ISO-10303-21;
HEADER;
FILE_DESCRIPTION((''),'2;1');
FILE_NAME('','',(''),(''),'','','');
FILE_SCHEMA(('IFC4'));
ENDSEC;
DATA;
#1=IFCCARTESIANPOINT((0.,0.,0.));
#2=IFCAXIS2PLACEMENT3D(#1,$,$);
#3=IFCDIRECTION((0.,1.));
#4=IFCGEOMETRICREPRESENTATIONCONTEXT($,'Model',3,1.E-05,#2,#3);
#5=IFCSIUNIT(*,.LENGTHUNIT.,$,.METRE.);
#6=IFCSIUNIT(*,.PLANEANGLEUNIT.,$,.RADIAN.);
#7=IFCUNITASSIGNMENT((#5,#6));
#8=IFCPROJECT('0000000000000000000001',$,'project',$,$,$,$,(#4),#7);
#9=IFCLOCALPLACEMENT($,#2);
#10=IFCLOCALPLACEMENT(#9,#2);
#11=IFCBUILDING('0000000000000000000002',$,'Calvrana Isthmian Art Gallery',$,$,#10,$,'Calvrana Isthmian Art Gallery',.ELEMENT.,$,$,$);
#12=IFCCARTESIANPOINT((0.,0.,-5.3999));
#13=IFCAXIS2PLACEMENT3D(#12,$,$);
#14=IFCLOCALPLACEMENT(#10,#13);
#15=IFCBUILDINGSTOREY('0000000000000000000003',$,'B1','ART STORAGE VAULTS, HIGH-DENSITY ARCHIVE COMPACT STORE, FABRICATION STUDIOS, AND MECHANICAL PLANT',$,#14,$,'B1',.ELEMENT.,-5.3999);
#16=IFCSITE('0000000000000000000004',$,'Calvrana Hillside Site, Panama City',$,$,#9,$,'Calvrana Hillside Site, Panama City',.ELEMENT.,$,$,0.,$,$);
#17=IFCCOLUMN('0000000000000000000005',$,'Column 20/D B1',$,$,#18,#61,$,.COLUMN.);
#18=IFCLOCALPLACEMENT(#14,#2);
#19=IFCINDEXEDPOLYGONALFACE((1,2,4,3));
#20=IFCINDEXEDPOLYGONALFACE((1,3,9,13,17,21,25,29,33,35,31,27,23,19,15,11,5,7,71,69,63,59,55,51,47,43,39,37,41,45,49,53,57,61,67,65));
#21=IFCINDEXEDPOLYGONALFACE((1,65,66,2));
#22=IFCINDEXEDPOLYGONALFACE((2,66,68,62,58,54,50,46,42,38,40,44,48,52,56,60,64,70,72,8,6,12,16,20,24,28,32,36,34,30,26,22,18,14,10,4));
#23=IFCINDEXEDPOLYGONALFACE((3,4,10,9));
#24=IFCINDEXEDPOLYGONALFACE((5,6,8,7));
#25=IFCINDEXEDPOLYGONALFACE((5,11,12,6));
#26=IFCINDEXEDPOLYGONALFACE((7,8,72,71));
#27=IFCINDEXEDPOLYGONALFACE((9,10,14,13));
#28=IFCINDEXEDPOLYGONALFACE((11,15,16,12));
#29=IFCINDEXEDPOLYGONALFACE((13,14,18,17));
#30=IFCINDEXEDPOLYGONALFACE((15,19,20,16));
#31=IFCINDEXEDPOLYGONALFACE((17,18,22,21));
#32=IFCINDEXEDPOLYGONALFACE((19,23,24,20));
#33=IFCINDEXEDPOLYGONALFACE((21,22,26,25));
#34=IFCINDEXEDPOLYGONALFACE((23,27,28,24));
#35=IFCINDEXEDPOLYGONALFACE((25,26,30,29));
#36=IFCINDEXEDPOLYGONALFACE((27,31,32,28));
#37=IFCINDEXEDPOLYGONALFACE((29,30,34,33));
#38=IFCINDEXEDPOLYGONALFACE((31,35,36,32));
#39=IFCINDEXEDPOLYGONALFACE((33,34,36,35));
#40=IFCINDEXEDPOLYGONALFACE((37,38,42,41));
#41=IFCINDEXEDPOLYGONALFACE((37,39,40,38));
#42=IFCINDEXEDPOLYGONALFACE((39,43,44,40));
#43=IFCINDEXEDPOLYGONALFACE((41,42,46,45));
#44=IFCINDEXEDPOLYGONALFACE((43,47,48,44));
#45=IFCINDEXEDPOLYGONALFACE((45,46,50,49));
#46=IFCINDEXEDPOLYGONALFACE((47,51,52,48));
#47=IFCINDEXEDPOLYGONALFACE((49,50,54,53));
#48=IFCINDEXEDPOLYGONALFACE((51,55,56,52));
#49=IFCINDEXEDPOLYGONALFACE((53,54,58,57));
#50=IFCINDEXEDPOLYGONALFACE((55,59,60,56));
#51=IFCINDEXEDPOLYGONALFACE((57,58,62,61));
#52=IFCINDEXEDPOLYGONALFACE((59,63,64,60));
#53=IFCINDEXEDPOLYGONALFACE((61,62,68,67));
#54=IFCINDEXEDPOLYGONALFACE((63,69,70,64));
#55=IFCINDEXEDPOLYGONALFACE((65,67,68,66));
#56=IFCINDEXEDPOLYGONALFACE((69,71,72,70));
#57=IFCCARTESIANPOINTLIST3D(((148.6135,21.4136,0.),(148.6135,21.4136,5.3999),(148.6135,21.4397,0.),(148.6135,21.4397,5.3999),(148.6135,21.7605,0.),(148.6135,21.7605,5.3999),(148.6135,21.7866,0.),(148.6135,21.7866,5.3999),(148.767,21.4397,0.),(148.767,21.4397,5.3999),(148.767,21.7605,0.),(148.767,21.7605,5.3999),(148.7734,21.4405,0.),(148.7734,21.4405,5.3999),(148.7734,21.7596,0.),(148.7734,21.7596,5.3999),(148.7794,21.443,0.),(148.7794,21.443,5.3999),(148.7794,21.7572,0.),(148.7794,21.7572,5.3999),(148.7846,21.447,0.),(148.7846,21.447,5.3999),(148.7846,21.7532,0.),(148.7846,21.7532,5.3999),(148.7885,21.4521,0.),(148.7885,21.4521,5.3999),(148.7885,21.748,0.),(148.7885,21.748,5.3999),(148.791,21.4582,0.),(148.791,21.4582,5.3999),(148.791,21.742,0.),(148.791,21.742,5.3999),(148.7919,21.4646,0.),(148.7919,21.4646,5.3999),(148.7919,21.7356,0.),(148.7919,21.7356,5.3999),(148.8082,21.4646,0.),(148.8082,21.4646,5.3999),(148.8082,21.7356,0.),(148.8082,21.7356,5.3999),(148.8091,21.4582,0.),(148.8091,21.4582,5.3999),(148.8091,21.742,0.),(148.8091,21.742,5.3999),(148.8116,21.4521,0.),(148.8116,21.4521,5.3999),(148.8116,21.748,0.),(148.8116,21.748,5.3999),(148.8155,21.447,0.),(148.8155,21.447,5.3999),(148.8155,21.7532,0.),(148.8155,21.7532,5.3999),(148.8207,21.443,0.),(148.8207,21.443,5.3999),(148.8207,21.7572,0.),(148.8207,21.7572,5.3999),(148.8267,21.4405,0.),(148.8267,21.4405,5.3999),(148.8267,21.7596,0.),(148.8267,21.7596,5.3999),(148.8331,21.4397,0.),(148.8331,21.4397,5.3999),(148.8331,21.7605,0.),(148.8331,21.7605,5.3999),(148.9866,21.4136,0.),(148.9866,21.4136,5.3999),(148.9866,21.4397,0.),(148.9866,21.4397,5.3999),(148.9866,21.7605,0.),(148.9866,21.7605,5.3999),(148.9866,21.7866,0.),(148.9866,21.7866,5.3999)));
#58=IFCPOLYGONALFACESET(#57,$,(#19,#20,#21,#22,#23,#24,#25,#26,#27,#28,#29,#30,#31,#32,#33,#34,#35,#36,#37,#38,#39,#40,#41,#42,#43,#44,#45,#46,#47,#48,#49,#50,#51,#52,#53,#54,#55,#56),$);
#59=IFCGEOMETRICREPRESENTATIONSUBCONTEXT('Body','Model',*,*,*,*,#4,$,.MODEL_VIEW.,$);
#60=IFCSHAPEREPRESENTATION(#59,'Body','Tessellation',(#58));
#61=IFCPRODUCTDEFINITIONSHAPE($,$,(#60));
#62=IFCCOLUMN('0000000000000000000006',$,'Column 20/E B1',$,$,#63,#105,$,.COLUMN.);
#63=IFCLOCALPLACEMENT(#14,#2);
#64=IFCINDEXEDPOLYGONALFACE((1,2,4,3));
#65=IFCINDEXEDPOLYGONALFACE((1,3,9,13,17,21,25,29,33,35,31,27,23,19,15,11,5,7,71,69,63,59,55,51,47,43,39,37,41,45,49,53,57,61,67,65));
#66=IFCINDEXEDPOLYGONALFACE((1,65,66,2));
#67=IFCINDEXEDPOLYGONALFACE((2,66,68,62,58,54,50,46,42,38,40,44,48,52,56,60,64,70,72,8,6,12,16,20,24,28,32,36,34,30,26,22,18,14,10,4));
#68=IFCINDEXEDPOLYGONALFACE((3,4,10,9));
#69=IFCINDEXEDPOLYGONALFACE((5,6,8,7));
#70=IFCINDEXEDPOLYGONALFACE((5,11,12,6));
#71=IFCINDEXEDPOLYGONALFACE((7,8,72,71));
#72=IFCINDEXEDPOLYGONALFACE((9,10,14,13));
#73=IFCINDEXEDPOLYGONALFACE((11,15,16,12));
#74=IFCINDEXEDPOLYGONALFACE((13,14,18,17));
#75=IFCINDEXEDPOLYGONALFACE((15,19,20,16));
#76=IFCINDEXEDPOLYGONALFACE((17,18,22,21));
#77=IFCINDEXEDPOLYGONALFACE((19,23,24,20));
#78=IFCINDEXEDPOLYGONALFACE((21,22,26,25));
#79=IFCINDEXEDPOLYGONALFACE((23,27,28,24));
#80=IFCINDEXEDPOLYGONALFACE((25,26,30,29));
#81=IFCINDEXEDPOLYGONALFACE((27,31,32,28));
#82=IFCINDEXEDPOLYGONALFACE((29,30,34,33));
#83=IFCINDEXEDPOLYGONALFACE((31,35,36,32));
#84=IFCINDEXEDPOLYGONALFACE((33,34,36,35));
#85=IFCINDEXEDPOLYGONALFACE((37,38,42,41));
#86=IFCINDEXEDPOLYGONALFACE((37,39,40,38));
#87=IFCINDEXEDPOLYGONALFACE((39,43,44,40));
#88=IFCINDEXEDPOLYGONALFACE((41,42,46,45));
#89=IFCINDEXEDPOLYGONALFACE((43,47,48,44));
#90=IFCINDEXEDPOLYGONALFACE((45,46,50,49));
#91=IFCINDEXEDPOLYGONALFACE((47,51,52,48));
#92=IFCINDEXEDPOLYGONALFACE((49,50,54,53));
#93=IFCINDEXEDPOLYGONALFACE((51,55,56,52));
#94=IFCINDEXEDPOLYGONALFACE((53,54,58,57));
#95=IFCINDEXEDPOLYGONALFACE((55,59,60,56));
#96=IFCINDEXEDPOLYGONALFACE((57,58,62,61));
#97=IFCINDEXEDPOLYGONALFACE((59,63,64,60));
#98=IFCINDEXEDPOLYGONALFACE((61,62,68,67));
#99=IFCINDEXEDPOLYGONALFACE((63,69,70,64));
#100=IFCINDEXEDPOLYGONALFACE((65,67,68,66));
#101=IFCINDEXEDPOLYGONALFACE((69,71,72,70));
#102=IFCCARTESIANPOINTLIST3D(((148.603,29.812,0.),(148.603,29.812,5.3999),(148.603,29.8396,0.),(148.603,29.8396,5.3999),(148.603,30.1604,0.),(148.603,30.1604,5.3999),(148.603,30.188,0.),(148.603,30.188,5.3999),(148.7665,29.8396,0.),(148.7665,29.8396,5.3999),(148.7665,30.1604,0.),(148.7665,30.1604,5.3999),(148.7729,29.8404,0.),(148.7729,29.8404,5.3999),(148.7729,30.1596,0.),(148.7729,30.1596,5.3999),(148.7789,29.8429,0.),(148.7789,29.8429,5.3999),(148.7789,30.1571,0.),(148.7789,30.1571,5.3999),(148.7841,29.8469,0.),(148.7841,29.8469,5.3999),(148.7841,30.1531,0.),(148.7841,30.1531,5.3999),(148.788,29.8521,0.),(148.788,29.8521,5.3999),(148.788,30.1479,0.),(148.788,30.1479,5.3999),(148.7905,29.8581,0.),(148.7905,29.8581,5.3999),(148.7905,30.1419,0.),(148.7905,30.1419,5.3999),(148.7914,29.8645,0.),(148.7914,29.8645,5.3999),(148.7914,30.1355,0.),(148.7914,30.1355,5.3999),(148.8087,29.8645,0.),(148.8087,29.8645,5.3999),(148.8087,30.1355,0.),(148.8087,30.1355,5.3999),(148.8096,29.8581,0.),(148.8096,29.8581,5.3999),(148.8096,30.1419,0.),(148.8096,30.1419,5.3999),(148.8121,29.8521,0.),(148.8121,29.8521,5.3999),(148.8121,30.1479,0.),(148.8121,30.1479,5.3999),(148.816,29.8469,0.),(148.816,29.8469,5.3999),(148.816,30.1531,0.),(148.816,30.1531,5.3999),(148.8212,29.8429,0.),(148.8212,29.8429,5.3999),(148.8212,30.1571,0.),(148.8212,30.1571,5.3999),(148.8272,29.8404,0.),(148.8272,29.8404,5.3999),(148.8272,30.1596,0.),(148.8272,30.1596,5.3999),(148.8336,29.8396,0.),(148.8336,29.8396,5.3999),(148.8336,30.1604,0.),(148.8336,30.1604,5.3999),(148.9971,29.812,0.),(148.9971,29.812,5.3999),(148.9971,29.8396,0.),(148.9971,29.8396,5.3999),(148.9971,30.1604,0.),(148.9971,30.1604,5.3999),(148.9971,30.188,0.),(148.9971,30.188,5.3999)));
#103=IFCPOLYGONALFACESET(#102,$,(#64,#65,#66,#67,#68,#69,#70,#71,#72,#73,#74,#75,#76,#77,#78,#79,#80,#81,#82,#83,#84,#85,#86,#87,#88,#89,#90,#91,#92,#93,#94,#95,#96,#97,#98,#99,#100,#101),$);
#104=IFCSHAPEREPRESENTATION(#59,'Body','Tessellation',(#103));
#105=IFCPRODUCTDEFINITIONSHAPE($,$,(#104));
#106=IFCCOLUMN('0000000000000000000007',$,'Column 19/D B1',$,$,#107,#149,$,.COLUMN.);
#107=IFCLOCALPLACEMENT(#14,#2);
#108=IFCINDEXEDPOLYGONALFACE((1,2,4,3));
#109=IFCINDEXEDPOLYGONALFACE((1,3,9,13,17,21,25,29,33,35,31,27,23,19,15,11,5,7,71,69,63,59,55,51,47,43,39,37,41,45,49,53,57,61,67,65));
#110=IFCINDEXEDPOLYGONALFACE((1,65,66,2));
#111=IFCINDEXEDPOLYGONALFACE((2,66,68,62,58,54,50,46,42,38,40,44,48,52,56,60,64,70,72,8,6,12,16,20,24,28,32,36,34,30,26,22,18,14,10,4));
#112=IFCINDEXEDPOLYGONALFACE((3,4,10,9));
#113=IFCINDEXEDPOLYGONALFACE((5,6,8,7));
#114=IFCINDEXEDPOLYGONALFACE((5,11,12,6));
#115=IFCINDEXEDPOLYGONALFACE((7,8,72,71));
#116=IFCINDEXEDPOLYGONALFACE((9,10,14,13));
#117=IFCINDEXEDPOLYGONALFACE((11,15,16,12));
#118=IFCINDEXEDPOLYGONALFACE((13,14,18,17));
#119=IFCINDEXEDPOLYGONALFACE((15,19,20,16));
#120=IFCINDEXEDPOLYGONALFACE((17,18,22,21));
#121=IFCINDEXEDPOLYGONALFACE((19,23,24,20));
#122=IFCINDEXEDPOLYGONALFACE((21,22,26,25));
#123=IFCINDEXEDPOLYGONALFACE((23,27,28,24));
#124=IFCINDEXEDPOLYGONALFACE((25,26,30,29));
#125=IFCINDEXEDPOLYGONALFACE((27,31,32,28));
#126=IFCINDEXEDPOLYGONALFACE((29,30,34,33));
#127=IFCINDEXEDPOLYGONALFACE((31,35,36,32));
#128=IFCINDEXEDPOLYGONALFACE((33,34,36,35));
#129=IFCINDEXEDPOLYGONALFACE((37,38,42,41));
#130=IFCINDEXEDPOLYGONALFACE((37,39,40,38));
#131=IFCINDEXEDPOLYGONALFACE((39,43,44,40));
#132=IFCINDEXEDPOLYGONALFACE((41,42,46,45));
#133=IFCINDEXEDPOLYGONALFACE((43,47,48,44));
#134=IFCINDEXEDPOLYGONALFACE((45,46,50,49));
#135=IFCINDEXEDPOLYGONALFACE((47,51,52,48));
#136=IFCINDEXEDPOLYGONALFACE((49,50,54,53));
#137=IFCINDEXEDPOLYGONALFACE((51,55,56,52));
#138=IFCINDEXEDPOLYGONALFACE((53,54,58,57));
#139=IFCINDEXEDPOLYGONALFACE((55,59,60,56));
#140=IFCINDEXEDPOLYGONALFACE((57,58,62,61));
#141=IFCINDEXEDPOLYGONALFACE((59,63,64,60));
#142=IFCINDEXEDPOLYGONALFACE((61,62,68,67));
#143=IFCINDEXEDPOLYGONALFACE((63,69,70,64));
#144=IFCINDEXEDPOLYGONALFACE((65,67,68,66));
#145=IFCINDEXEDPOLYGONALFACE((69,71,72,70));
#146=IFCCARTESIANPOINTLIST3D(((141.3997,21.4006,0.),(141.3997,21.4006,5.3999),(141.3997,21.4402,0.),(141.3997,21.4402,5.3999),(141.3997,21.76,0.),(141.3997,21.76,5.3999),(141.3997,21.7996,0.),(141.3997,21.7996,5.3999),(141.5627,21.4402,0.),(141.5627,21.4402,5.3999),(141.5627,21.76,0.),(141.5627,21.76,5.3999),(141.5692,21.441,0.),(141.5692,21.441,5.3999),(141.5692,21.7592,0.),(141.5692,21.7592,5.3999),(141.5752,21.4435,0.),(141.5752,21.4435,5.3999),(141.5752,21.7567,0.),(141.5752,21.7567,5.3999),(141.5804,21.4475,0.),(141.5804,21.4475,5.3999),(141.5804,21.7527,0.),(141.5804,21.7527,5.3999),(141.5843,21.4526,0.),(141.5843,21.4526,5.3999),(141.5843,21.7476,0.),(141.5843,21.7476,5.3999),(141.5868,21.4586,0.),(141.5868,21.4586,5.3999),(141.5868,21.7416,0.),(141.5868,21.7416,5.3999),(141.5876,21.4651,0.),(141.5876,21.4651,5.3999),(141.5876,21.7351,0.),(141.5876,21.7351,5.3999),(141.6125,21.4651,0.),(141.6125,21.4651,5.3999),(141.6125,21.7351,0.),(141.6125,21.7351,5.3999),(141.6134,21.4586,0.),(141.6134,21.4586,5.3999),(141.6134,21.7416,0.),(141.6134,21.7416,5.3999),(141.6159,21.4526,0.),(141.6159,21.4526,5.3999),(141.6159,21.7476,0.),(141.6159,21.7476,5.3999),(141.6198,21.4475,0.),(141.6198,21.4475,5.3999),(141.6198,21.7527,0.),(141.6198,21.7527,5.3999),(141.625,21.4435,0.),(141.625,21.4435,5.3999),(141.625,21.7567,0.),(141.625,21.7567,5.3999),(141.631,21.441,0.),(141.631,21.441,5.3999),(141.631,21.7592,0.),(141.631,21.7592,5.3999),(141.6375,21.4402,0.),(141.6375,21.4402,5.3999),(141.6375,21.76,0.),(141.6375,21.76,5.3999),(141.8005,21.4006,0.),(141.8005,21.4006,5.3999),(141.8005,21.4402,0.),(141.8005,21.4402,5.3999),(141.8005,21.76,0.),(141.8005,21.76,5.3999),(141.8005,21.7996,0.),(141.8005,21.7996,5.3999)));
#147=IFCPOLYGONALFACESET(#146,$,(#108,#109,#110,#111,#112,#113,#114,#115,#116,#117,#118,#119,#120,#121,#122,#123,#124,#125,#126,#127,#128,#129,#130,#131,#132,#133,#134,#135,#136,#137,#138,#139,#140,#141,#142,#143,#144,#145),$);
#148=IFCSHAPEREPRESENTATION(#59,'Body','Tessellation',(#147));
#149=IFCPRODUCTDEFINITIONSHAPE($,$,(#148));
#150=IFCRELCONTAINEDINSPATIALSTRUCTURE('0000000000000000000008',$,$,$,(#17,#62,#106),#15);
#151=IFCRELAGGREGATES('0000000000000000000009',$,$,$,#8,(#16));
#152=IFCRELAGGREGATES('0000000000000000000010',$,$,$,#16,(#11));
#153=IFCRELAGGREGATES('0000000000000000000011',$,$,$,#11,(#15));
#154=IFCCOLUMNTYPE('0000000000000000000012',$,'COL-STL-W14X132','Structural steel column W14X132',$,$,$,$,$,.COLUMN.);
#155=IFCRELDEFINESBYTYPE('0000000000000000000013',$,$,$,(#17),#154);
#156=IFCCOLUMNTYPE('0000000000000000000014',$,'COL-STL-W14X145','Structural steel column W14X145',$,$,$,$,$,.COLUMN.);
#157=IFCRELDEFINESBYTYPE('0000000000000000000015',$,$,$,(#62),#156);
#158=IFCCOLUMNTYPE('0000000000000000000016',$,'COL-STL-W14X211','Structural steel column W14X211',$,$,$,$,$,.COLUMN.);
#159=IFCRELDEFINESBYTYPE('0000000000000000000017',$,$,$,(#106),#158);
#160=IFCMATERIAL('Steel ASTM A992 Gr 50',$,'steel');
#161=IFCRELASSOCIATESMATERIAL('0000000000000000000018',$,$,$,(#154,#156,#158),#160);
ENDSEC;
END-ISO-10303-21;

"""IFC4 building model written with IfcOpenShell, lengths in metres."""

from ifc_helpers import new_model, si_unit, direction, frame, origin, origin_2d, place, context, subcontext, project, spatial, i_section, extrude, material, material_profile, profile_set, type_object, element, save


model = new_model("IFC4")

# Units and contexts
model_context = context("Model", 3, precision=1e-05, world=origin(), true_north=direction((0.0, 1.0)))
body_context = subcontext(model_context, "Body", "Model", "MODEL_VIEW")
ifc_project = project(units=[si_unit("LENGTHUNIT", "METRE"), si_unit("PLANEANGLEUNIT", "RADIAN")], contexts=[model_context])

# Site, building, storey
site_placement = place(None, origin())
site = spatial("IfcSite", under=ifc_project, at=site_placement, Name="Calvrana Hillside Site, Panama City", LongName="Calvrana Hillside Site, Panama City", CompositionType="ELEMENT", RefElevation=0.0)
building_placement = place(site_placement, origin())
building = spatial("IfcBuilding", under=site, at=building_placement, Name="Calvrana Isthmian Art Gallery", LongName="Calvrana Isthmian Art Gallery", CompositionType="ELEMENT")
storey_placement = place(building_placement, frame((0.0, 0.0, -5.3999)))
storey = spatial("IfcBuildingStorey", under=building, at=storey_placement, Name="B1", Description="ART STORAGE VAULTS, HIGH-DENSITY ARCHIVE COMPACT STORE, FABRICATION STUDIOS, AND MECHANICAL PLANT", LongName="B1", CompositionType="ELEMENT", Elevation=-5.3999)

# Columns
ifc_material_1 = material(Name="Steel ASTM A992 Gr 50", Category="steel")
ifc_material_profile_1 = material_profile(ifc_material_1, i_section(OverallWidth=0.373, OverallDepth=0.373, WebThickness=0.0164, FlangeThickness=0.0261, FilletRadius=0.0249, at=origin_2d()), Name="W14X132")
ifc_profile_set_1 = profile_set([ifc_material_profile_1], Name="Steel ASTM A992 Gr 50")
column_type_1 = type_object("IfcColumnType", Name="COL-STL-W14X132", Description="Structural steel column W14X132", PredefinedType="COLUMN", material=ifc_profile_set_1)
column_1_placement = place(storey_placement, frame((148.8, 21.6001, 0.0), z_axis=(0.0, 0.0, 1.0), x_axis=(1.0, 0.0, 0.0)))
element("IfcColumn", 1, at=column_1_placement, inside=storey, type_object=column_type_1, Name="Column 20/D B1", PredefinedType="COLUMN", context=body_context, shape_type="SweptSolid", body=[
    extrude(i_section(OverallWidth=0.373, OverallDepth=0.373, WebThickness=0.0164, FlangeThickness=0.0261, FilletRadius=0.0249, at=origin_2d()), origin(), (0.0, 0.0, 1.0), 5.3999),
])
ifc_material_profile_2 = material_profile(ifc_material_1, i_section(OverallWidth=0.394, OverallDepth=0.376, WebThickness=0.0173, FlangeThickness=0.0276, FilletRadius=0.0249, at=origin_2d()), Name="W14X145")
ifc_profile_set_2 = profile_set([ifc_material_profile_2], Name="Steel ASTM A992 Gr 50")
column_type_2 = type_object("IfcColumnType", Name="COL-STL-W14X145", Description="Structural steel column W14X145", PredefinedType="COLUMN", material=ifc_profile_set_2)
column_2_placement = place(storey_placement, frame((148.8, 30.0, 0.0), z_axis=(0.0, 0.0, 1.0), x_axis=(1.0, 0.0, 0.0)))
element("IfcColumn", 2, at=column_2_placement, inside=storey, type_object=column_type_2, Name="Column 20/E B1", PredefinedType="COLUMN", context=body_context, shape_type="SweptSolid", body=[
    extrude(i_section(OverallWidth=0.394, OverallDepth=0.376, WebThickness=0.0173, FlangeThickness=0.0276, FilletRadius=0.0249, at=origin_2d()), origin(), (0.0, 0.0, 1.0), 5.3999),
])
ifc_material_profile_3 = material_profile(ifc_material_1, i_section(OverallWidth=0.4009, OverallDepth=0.3989, WebThickness=0.0249, FlangeThickness=0.0396, FilletRadius=0.0249, at=origin_2d()), Name="W14X211")
ifc_profile_set_3 = profile_set([ifc_material_profile_3], Name="Steel ASTM A992 Gr 50")
column_type_3 = type_object("IfcColumnType", Name="COL-STL-W14X211", Description="Structural steel column W14X211", PredefinedType="COLUMN", material=ifc_profile_set_3)
column_3_placement = place(storey_placement, frame((141.6001, 21.6001, 0.0), z_axis=(0.0, 0.0, 1.0), x_axis=(1.0, 0.0, 0.0)))
element("IfcColumn", 3, at=column_3_placement, inside=storey, type_object=column_type_3, Name="Column 19/D B1", PredefinedType="COLUMN", context=body_context, shape_type="SweptSolid", body=[
    extrude(i_section(OverallWidth=0.4009, OverallDepth=0.3989, WebThickness=0.0249, FlangeThickness=0.0396, FilletRadius=0.0249, at=origin_2d()), origin(), (0.0, 0.0, 1.0), 5.3999),
])

save(model, "model.ifc")
